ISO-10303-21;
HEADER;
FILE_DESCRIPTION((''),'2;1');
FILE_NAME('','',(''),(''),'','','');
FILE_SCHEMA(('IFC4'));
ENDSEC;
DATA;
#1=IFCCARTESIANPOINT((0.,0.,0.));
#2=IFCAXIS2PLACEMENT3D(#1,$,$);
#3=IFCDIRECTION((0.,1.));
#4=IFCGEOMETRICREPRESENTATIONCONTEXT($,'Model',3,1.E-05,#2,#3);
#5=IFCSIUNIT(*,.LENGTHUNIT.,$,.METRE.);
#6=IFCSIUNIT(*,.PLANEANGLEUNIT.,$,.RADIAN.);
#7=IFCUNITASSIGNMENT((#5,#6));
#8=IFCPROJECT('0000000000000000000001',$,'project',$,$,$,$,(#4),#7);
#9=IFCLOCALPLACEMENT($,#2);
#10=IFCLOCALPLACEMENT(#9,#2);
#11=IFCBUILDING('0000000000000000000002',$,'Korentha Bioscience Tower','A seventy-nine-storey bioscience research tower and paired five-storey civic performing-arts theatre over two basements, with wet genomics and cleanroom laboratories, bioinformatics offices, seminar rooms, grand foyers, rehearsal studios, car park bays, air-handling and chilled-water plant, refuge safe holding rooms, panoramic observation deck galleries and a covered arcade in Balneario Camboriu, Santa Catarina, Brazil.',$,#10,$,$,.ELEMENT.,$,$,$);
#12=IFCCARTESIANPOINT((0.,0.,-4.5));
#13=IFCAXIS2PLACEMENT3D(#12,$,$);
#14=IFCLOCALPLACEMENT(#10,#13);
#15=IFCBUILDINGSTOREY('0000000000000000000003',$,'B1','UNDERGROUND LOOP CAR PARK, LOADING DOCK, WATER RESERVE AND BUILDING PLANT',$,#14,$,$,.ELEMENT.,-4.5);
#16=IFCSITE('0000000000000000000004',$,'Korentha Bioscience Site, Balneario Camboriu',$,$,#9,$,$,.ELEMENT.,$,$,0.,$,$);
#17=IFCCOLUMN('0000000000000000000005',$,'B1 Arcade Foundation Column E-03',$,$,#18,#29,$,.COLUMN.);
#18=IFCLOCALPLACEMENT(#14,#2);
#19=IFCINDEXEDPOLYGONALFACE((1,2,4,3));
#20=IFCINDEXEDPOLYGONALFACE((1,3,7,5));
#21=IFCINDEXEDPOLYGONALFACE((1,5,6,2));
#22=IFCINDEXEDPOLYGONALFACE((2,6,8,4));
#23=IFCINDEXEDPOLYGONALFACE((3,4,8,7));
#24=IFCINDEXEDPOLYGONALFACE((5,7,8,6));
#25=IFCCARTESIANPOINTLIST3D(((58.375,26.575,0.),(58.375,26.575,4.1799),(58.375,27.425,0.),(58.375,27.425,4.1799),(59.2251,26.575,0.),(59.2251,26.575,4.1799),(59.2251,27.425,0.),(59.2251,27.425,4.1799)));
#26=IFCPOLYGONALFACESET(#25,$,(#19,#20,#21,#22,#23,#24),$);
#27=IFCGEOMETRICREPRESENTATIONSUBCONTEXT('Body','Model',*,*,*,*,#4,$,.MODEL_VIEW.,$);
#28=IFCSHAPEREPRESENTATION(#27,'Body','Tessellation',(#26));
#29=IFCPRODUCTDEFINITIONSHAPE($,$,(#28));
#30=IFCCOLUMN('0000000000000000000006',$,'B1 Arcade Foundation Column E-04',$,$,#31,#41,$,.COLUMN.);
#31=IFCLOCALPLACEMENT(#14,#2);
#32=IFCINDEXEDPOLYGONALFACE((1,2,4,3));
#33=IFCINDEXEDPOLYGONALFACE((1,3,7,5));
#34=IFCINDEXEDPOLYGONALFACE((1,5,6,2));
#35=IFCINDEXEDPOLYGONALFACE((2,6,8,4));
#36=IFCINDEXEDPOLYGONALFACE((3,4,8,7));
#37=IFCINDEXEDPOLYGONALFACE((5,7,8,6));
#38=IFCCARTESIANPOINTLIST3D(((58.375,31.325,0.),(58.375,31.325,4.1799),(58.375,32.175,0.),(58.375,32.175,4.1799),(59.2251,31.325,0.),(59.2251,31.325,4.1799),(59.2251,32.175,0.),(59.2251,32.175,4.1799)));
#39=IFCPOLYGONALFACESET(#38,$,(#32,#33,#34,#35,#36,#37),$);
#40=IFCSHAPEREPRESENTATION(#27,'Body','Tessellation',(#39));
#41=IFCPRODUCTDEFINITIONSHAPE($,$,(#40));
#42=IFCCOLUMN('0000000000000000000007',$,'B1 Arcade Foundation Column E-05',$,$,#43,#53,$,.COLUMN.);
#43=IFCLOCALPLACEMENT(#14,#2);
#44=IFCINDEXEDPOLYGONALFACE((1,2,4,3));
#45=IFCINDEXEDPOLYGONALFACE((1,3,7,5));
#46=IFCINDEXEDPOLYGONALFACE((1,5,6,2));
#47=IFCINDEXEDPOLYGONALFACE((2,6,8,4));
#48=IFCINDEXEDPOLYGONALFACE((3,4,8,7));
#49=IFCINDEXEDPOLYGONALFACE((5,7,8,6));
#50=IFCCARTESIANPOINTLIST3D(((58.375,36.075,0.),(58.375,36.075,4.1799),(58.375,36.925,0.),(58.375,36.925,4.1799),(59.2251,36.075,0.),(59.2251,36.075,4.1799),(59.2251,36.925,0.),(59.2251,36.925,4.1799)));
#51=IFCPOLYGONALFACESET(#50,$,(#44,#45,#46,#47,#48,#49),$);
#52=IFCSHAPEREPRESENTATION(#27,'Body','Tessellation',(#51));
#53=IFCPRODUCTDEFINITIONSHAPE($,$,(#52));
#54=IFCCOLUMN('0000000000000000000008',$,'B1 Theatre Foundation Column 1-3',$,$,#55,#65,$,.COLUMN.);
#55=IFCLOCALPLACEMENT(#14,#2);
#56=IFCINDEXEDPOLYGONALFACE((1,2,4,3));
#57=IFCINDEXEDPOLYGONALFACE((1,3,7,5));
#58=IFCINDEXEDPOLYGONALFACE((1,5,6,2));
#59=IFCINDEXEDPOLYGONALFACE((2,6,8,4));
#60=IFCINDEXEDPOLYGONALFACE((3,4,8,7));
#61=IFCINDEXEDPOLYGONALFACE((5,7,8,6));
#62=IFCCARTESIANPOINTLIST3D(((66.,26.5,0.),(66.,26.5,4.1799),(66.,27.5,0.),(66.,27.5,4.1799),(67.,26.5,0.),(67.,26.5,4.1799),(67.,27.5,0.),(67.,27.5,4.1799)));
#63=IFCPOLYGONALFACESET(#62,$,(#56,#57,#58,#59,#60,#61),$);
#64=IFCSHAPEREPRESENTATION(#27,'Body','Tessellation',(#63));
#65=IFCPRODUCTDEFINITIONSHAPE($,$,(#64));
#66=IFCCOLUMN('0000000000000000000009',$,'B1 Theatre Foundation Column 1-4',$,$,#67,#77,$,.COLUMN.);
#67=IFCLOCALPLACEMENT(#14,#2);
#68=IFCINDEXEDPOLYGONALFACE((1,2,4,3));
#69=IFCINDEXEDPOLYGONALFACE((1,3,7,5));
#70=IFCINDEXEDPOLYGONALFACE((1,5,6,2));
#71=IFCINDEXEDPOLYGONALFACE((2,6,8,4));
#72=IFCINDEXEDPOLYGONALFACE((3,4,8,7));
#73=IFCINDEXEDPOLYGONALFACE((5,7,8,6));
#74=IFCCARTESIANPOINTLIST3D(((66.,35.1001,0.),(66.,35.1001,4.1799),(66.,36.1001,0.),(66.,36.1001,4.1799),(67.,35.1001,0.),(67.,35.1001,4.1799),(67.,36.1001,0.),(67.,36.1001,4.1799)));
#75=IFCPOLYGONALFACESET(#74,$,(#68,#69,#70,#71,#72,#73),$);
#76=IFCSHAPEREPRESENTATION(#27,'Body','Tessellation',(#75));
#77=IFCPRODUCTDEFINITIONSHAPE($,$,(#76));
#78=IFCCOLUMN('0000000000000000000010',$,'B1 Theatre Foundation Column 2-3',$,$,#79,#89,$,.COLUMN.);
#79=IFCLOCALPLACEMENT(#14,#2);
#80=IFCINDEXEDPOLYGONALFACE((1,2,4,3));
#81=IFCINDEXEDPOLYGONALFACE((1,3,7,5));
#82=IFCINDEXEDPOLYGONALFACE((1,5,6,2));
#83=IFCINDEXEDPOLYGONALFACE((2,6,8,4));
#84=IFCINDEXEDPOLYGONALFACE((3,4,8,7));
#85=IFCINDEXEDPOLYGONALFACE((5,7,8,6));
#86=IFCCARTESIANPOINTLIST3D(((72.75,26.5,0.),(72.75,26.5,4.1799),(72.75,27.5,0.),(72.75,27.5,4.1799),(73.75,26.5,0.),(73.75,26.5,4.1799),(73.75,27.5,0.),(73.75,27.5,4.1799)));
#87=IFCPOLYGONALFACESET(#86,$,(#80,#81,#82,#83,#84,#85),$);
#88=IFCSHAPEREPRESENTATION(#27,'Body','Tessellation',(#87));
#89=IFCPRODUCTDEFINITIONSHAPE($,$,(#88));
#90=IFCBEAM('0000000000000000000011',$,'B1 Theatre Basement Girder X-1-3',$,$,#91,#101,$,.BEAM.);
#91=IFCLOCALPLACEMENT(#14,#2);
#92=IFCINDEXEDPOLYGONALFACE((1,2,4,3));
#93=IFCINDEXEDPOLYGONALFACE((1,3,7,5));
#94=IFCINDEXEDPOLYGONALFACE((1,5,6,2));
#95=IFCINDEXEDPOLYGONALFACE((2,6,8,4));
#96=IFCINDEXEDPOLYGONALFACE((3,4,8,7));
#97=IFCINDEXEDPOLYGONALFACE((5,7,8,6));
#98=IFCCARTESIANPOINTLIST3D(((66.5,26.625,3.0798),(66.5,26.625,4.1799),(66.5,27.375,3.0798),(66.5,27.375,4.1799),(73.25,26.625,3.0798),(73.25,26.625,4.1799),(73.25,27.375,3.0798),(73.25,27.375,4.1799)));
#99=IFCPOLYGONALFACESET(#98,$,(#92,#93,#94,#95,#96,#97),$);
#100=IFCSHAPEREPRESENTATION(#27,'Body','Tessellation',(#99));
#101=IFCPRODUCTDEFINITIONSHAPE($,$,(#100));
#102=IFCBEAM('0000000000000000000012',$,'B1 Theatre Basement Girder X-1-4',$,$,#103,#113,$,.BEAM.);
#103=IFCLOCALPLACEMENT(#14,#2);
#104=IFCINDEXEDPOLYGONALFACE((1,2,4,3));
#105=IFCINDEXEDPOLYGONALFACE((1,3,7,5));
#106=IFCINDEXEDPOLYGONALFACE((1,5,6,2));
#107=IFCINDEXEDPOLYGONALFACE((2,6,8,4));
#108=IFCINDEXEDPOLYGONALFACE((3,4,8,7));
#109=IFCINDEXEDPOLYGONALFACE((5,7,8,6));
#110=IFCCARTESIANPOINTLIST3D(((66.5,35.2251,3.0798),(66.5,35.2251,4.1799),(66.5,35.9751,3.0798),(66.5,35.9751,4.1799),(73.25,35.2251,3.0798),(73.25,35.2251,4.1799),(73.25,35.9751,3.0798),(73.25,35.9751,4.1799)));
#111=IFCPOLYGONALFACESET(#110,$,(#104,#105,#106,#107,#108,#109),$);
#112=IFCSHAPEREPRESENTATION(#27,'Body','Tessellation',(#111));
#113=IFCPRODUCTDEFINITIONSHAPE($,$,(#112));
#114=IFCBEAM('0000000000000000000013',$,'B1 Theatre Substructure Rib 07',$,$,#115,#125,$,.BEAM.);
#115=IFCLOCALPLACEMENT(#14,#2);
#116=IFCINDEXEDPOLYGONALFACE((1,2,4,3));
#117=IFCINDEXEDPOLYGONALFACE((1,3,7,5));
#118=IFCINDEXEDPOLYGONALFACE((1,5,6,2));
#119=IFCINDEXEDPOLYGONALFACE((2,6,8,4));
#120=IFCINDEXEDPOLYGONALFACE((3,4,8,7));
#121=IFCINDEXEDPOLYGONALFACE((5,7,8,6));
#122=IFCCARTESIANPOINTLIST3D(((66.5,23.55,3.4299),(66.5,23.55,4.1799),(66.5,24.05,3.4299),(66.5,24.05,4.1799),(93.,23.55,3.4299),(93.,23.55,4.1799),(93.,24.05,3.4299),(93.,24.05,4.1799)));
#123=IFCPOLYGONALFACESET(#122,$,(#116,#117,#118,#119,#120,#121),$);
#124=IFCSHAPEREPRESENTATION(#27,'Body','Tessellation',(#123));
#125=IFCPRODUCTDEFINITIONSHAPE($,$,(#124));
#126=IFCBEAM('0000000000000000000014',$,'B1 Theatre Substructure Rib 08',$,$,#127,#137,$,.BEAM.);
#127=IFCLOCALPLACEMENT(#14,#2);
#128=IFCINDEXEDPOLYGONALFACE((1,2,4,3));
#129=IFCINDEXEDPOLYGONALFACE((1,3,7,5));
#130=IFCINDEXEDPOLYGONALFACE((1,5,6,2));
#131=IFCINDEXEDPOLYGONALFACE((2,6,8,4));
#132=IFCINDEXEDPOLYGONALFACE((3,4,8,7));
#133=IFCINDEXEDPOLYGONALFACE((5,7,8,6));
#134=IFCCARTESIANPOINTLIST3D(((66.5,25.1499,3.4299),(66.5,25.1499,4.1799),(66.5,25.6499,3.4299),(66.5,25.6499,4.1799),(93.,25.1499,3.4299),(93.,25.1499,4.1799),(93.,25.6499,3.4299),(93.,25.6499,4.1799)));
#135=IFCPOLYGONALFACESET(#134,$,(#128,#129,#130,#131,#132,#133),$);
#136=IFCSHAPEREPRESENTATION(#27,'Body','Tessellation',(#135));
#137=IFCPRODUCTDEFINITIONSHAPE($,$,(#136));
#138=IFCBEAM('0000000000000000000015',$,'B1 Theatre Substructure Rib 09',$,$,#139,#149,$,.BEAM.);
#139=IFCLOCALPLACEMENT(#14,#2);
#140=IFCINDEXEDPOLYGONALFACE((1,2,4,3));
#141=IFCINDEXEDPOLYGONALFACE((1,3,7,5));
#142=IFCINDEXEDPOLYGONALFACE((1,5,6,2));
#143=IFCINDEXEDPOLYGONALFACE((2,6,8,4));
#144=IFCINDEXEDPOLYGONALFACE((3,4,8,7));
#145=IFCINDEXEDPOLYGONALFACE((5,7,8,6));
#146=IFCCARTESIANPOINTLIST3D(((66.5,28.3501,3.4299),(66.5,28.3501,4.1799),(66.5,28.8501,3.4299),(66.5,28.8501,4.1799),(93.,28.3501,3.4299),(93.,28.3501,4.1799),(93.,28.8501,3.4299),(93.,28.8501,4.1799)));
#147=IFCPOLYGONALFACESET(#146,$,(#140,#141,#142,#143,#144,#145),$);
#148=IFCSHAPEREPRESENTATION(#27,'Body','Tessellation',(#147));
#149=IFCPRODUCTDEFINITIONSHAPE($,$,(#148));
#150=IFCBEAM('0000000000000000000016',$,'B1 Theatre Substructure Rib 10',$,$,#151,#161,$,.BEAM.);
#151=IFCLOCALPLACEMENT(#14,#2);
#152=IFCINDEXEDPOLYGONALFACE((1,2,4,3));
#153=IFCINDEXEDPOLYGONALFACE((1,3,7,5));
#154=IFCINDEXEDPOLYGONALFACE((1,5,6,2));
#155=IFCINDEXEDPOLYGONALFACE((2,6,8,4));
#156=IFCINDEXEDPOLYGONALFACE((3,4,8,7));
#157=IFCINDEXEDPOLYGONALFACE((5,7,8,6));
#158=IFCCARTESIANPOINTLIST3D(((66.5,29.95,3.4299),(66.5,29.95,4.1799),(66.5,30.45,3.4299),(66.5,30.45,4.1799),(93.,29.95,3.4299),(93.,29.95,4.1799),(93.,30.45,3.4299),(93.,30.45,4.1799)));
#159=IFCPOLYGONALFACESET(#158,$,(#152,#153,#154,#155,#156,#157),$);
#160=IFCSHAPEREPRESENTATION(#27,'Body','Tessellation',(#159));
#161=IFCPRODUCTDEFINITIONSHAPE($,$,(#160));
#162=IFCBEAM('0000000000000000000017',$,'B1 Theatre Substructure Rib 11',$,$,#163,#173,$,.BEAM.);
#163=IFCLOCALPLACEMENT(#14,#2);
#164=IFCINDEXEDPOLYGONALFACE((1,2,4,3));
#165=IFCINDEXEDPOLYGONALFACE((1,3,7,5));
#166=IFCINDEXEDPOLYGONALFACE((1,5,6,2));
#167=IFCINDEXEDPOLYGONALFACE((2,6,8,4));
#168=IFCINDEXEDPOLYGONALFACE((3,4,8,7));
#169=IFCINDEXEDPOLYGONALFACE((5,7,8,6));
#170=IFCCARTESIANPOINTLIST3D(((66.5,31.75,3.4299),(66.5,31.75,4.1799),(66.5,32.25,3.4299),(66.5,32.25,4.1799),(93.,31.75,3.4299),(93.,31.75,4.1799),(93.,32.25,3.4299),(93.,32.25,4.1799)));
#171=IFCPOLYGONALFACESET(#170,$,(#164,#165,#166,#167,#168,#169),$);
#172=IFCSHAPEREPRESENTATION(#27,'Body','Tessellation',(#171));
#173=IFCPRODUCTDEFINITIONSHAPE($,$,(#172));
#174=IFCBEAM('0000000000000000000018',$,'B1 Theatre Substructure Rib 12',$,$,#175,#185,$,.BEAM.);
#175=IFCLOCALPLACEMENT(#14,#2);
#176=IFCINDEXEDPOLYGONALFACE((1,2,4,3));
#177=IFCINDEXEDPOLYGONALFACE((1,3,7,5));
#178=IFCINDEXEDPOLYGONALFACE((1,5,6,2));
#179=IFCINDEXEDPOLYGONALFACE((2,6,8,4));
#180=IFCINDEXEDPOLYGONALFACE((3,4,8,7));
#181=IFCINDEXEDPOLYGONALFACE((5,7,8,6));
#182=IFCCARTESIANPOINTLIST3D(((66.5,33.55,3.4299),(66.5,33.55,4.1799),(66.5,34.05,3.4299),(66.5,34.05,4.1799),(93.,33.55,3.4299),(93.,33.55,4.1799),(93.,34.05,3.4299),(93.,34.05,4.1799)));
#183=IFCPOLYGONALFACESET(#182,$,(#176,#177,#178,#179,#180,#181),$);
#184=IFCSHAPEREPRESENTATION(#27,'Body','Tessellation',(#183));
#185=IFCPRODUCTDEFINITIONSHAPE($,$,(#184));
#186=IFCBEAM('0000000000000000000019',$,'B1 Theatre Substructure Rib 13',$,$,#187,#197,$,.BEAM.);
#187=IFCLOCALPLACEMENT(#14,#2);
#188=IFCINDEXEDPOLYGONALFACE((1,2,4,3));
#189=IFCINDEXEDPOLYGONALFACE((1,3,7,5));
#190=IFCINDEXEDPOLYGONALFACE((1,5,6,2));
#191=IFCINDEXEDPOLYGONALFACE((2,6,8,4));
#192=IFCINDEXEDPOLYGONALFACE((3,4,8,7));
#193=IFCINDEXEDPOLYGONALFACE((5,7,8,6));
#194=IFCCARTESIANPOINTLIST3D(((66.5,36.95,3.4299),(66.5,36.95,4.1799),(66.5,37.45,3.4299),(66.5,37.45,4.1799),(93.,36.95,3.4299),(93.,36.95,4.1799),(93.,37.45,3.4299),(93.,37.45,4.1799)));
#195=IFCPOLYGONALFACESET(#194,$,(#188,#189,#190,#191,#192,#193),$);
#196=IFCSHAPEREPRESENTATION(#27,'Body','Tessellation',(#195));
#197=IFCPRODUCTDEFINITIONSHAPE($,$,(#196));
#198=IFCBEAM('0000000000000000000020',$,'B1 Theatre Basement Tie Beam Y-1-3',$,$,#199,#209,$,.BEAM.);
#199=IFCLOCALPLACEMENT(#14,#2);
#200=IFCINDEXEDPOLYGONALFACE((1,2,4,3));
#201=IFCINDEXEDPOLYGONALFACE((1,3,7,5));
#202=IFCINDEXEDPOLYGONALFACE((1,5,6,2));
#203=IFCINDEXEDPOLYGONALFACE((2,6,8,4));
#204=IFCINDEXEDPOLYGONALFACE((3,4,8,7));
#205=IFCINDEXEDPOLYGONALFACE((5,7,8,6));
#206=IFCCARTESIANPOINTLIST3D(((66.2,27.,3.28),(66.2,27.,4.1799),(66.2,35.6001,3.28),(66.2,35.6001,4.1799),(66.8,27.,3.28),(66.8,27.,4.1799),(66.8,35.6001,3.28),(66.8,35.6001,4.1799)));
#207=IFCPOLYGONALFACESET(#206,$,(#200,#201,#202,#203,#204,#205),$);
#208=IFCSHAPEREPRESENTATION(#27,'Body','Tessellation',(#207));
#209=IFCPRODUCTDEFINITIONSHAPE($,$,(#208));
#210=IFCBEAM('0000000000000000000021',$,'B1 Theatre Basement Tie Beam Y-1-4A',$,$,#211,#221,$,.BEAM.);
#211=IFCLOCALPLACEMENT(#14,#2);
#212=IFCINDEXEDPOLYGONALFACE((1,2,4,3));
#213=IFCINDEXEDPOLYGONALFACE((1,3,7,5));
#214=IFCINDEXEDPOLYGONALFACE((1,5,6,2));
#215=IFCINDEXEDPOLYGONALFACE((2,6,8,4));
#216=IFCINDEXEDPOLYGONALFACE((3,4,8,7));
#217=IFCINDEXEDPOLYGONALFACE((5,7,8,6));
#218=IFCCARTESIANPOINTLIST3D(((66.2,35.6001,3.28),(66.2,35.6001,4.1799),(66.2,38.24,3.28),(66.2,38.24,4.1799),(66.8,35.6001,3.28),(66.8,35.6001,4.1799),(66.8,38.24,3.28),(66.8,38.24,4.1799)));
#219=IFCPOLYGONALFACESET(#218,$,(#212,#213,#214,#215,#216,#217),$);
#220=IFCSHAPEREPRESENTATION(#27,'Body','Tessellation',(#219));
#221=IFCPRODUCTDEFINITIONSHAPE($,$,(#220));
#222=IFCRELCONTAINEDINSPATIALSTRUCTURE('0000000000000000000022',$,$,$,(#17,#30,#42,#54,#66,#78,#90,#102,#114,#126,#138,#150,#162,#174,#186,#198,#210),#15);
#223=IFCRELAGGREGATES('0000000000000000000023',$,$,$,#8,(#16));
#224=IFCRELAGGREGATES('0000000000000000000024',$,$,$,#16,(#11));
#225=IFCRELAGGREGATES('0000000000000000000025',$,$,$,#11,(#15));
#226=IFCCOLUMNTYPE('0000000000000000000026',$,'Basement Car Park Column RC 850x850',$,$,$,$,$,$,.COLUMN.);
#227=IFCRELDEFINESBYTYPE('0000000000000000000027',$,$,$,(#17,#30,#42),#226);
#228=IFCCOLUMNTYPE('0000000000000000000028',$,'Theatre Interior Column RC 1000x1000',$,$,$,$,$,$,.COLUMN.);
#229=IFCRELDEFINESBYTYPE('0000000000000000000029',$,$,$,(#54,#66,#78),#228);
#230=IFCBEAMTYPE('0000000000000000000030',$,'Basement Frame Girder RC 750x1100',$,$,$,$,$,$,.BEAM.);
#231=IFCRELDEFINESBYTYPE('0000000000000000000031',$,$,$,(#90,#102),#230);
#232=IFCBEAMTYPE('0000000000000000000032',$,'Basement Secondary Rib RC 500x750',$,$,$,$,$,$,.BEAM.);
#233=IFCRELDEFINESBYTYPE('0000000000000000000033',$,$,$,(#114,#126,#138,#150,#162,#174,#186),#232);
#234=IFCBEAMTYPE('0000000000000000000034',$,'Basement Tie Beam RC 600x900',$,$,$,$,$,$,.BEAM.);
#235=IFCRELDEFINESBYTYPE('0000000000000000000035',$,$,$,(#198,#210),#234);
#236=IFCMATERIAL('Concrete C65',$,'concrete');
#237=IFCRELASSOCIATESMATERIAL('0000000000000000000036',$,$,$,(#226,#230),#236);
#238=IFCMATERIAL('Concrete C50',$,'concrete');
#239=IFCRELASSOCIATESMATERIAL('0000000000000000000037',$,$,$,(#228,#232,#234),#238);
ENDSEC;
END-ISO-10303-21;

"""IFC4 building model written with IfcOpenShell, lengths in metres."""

from ifc_helpers import new_model, si_unit, direction, frame, origin, origin_2d, place, context, subcontext, project, spatial, rectangle, extrude, material, material_profile, profile_set, type_object, element, save


model = new_model("IFC4")

# Units and contexts
model_context = context("Model", 3, precision=1e-05, world=origin(), true_north=direction((0.0, 1.0)))
body_context = subcontext(model_context, "Body", "Model", "MODEL_VIEW")
ifc_project = project(units=[si_unit("LENGTHUNIT", "METRE"), si_unit("PLANEANGLEUNIT", "RADIAN")], contexts=[model_context])

# Site, building, storey
site_placement = place(None, origin())
site = spatial("IfcSite", under=ifc_project, at=site_placement, Name="Korentha Bioscience Site, Balneario Camboriu", CompositionType="ELEMENT", RefElevation=0.0)
building_placement = place(site_placement, origin())
building = spatial("IfcBuilding", under=site, at=building_placement, Name="Korentha Bioscience Tower", Description="A seventy-nine-storey bioscience research tower and paired five-storey civic performing-arts theatre over two basements, with wet genomics and cleanroom laboratories, bioinformatics offices, seminar rooms, grand foyers, rehearsal studios, car park bays, air-handling and chilled-water plant, refuge safe holding rooms, panoramic observation deck galleries and a covered arcade in Balneario Camboriu, Santa Catarina, Brazil.", CompositionType="ELEMENT")
storey_placement = place(building_placement, frame((0.0, 0.0, -4.5)))
storey = spatial("IfcBuildingStorey", under=building, at=storey_placement, Name="B1", Description="UNDERGROUND LOOP CAR PARK, LOADING DOCK, WATER RESERVE AND BUILDING PLANT", CompositionType="ELEMENT", Elevation=-4.5)

# Columns
ifc_material_1 = material(Name="Concrete C65", Category="concrete")
ifc_material_profile_1 = material_profile(ifc_material_1, rectangle(XDim=0.8501, YDim=0.8501, at=origin_2d()), Name="Concrete C65")
ifc_profile_set_1 = profile_set([ifc_material_profile_1], Name="Concrete C65 (BC-01)")
column_type_1 = type_object("IfcColumnType", Name="Basement Car Park Column RC 850x850", PredefinedType="COLUMN", material=ifc_profile_set_1)
for number, where, z_axis, x_axis, name in (
    (1, (58.8, 27.0, 0.0), (0.0, 0.0, 1.0), (1.0, 0.0, 0.0), "B1 Arcade Foundation Column E-03"),
    (2, (58.8, 31.75, 0.0), (0.0, 0.0, 1.0), (1.0, 0.0, 0.0), "B1 Arcade Foundation Column E-04"),
    (3, (58.8, 36.5, 0.0), (0.0, 0.0, 1.0), (1.0, 0.0, 0.0), "B1 Arcade Foundation Column E-05"),
):
    element("IfcColumn", number, at=place(storey_placement, frame(where, z_axis=z_axis, x_axis=x_axis)), inside=storey, type_object=column_type_1, Name=name, PredefinedType="COLUMN", context=body_context, shape_type="SweptSolid", body=[
        extrude(rectangle(XDim=0.8501, YDim=0.8501, at=origin_2d()), origin(), (0.0, 0.0, 1.0), 4.1799),
    ])
ifc_material_2 = material(Name="Concrete C50", Category="concrete")
ifc_material_profile_2 = material_profile(ifc_material_2, rectangle(XDim=1.0, YDim=1.0, at=origin_2d()), Name="Concrete C50")
ifc_profile_set_2 = profile_set([ifc_material_profile_2], Name="Concrete C50 (TC-I01)")
column_type_2 = type_object("IfcColumnType", Name="Theatre Interior Column RC 1000x1000", PredefinedType="COLUMN", material=ifc_profile_set_2)
for number, where, z_axis, x_axis, name in (
    (4, (66.5, 27.0, 0.0), (0.0, 0.0, 1.0), (1.0, 0.0, 0.0), "B1 Theatre Foundation Column 1-3"),
    (5, (66.5, 35.6001, 0.0), (0.0, 0.0, 1.0), (1.0, 0.0, 0.0), "B1 Theatre Foundation Column 1-4"),
    (6, (73.25, 27.0, 0.0), (0.0, 0.0, 1.0), (1.0, 0.0, 0.0), "B1 Theatre Foundation Column 2-3"),
):
    element("IfcColumn", number, at=place(storey_placement, frame(where, z_axis=z_axis, x_axis=x_axis)), inside=storey, type_object=column_type_2, Name=name, PredefinedType="COLUMN", context=body_context, shape_type="SweptSolid", body=[
        extrude(rectangle(XDim=1.0, YDim=1.0, at=origin_2d()), origin(), (0.0, 0.0, 1.0), 4.1799),
    ])

# Beams
ifc_material_profile_3 = material_profile(ifc_material_1, rectangle(XDim=0.75, YDim=1.1001, at=origin_2d()), Name="Concrete C65")
ifc_profile_set_3 = profile_set([ifc_material_profile_3], Name="Concrete C65 (BB-750)")
beam_type_1 = type_object("IfcBeamType", Name="Basement Frame Girder RC 750x1100", PredefinedType="BEAM", material=ifc_profile_set_3)
for number, where, z_axis, x_axis, name in (
    (7, (66.5, 27.0, 3.6299), (1.0, 0.0, 0.0), (0.0, 1.0, 0.0), "B1 Theatre Basement Girder X-1-3"),
    (8, (66.5, 35.6001, 3.6299), (1.0, 0.0, 0.0), (0.0, 1.0, 0.0), "B1 Theatre Basement Girder X-1-4"),
):
    element("IfcBeam", number, at=place(storey_placement, frame(where, z_axis=z_axis, x_axis=x_axis)), inside=storey, type_object=beam_type_1, Name=name, PredefinedType="BEAM", context=body_context, shape_type="SweptSolid", body=[
        extrude(rectangle(XDim=0.75, YDim=1.1001, at=origin_2d()), origin(), (0.0, 0.0, 1.0), 6.75),
    ])
ifc_material_profile_4 = material_profile(ifc_material_2, rectangle(XDim=0.5, YDim=0.75, at=origin_2d()), Name="Concrete C50")
ifc_profile_set_4 = profile_set([ifc_material_profile_4], Name="Concrete C50 (BB-500)")
beam_type_2 = type_object("IfcBeamType", Name="Basement Secondary Rib RC 500x750", PredefinedType="BEAM", material=ifc_profile_set_4)
for number, where, z_axis, x_axis, name in (
    (9, (66.5, 23.8, 3.8049), (1.0, 0.0, 0.0), (0.0, 1.0, 0.0), "B1 Theatre Substructure Rib 07"),
    (10, (66.5, 25.3999, 3.8049), (1.0, 0.0, 0.0), (0.0, 1.0, 0.0), "B1 Theatre Substructure Rib 08"),
    (11, (66.5, 28.6001, 3.8049), (1.0, 0.0, 0.0), (0.0, 1.0, 0.0), "B1 Theatre Substructure Rib 09"),
    (12, (66.5, 30.2, 3.8049), (1.0, 0.0, 0.0), (0.0, 1.0, 0.0), "B1 Theatre Substructure Rib 10"),
    (13, (66.5, 32.0, 3.8049), (1.0, 0.0, 0.0), (0.0, 1.0, 0.0), "B1 Theatre Substructure Rib 11"),
    (14, (66.5, 33.8, 3.8049), (1.0, 0.0, 0.0), (0.0, 1.0, 0.0), "B1 Theatre Substructure Rib 12"),
    (15, (66.5, 37.2, 3.8049), (1.0, 0.0, 0.0), (0.0, 1.0, 0.0), "B1 Theatre Substructure Rib 13"),
):
    element("IfcBeam", number, at=place(storey_placement, frame(where, z_axis=z_axis, x_axis=x_axis)), inside=storey, type_object=beam_type_2, Name=name, PredefinedType="BEAM", context=body_context, shape_type="SweptSolid", body=[
        extrude(rectangle(XDim=0.5, YDim=0.75, at=origin_2d()), origin(), (0.0, 0.0, 1.0), 26.5),
    ])
ifc_material_profile_5 = material_profile(ifc_material_2, rectangle(XDim=0.6001, YDim=0.8999, at=origin_2d()), Name="Concrete C50")
ifc_profile_set_5 = profile_set([ifc_material_profile_5], Name="Concrete C50 (BB-600)")
beam_type_3 = type_object("IfcBeamType", Name="Basement Tie Beam RC 600x900", PredefinedType="BEAM", material=ifc_profile_set_5)
beam_1_placement = place(storey_placement, frame((66.5, 27.0, 3.73), z_axis=(0.0, 1.0, 0.0), x_axis=(-1.0, 0.0, 0.0)))
element("IfcBeam", 16, at=beam_1_placement, inside=storey, type_object=beam_type_3, Name="B1 Theatre Basement Tie Beam Y-1-3", PredefinedType="BEAM", context=body_context, shape_type="SweptSolid", body=[
    extrude(rectangle(XDim=0.6001, YDim=0.8999, at=origin_2d()), origin(), (0.0, 0.0, 1.0), 8.6001),
])
beam_2_placement = place(storey_placement, frame((66.5, 35.6001, 3.73), z_axis=(0.0, 1.0, 0.0), x_axis=(-1.0, 0.0, 0.0)))
element("IfcBeam", 17, at=beam_2_placement, inside=storey, type_object=beam_type_3, Name="B1 Theatre Basement Tie Beam Y-1-4A", PredefinedType="BEAM", context=body_context, shape_type="SweptSolid", body=[
    extrude(rectangle(XDim=0.6001, YDim=0.8999, at=origin_2d()), origin(), (0.0, 0.0, 1.0), 2.6399),
])

save(model, "model.ifc")
